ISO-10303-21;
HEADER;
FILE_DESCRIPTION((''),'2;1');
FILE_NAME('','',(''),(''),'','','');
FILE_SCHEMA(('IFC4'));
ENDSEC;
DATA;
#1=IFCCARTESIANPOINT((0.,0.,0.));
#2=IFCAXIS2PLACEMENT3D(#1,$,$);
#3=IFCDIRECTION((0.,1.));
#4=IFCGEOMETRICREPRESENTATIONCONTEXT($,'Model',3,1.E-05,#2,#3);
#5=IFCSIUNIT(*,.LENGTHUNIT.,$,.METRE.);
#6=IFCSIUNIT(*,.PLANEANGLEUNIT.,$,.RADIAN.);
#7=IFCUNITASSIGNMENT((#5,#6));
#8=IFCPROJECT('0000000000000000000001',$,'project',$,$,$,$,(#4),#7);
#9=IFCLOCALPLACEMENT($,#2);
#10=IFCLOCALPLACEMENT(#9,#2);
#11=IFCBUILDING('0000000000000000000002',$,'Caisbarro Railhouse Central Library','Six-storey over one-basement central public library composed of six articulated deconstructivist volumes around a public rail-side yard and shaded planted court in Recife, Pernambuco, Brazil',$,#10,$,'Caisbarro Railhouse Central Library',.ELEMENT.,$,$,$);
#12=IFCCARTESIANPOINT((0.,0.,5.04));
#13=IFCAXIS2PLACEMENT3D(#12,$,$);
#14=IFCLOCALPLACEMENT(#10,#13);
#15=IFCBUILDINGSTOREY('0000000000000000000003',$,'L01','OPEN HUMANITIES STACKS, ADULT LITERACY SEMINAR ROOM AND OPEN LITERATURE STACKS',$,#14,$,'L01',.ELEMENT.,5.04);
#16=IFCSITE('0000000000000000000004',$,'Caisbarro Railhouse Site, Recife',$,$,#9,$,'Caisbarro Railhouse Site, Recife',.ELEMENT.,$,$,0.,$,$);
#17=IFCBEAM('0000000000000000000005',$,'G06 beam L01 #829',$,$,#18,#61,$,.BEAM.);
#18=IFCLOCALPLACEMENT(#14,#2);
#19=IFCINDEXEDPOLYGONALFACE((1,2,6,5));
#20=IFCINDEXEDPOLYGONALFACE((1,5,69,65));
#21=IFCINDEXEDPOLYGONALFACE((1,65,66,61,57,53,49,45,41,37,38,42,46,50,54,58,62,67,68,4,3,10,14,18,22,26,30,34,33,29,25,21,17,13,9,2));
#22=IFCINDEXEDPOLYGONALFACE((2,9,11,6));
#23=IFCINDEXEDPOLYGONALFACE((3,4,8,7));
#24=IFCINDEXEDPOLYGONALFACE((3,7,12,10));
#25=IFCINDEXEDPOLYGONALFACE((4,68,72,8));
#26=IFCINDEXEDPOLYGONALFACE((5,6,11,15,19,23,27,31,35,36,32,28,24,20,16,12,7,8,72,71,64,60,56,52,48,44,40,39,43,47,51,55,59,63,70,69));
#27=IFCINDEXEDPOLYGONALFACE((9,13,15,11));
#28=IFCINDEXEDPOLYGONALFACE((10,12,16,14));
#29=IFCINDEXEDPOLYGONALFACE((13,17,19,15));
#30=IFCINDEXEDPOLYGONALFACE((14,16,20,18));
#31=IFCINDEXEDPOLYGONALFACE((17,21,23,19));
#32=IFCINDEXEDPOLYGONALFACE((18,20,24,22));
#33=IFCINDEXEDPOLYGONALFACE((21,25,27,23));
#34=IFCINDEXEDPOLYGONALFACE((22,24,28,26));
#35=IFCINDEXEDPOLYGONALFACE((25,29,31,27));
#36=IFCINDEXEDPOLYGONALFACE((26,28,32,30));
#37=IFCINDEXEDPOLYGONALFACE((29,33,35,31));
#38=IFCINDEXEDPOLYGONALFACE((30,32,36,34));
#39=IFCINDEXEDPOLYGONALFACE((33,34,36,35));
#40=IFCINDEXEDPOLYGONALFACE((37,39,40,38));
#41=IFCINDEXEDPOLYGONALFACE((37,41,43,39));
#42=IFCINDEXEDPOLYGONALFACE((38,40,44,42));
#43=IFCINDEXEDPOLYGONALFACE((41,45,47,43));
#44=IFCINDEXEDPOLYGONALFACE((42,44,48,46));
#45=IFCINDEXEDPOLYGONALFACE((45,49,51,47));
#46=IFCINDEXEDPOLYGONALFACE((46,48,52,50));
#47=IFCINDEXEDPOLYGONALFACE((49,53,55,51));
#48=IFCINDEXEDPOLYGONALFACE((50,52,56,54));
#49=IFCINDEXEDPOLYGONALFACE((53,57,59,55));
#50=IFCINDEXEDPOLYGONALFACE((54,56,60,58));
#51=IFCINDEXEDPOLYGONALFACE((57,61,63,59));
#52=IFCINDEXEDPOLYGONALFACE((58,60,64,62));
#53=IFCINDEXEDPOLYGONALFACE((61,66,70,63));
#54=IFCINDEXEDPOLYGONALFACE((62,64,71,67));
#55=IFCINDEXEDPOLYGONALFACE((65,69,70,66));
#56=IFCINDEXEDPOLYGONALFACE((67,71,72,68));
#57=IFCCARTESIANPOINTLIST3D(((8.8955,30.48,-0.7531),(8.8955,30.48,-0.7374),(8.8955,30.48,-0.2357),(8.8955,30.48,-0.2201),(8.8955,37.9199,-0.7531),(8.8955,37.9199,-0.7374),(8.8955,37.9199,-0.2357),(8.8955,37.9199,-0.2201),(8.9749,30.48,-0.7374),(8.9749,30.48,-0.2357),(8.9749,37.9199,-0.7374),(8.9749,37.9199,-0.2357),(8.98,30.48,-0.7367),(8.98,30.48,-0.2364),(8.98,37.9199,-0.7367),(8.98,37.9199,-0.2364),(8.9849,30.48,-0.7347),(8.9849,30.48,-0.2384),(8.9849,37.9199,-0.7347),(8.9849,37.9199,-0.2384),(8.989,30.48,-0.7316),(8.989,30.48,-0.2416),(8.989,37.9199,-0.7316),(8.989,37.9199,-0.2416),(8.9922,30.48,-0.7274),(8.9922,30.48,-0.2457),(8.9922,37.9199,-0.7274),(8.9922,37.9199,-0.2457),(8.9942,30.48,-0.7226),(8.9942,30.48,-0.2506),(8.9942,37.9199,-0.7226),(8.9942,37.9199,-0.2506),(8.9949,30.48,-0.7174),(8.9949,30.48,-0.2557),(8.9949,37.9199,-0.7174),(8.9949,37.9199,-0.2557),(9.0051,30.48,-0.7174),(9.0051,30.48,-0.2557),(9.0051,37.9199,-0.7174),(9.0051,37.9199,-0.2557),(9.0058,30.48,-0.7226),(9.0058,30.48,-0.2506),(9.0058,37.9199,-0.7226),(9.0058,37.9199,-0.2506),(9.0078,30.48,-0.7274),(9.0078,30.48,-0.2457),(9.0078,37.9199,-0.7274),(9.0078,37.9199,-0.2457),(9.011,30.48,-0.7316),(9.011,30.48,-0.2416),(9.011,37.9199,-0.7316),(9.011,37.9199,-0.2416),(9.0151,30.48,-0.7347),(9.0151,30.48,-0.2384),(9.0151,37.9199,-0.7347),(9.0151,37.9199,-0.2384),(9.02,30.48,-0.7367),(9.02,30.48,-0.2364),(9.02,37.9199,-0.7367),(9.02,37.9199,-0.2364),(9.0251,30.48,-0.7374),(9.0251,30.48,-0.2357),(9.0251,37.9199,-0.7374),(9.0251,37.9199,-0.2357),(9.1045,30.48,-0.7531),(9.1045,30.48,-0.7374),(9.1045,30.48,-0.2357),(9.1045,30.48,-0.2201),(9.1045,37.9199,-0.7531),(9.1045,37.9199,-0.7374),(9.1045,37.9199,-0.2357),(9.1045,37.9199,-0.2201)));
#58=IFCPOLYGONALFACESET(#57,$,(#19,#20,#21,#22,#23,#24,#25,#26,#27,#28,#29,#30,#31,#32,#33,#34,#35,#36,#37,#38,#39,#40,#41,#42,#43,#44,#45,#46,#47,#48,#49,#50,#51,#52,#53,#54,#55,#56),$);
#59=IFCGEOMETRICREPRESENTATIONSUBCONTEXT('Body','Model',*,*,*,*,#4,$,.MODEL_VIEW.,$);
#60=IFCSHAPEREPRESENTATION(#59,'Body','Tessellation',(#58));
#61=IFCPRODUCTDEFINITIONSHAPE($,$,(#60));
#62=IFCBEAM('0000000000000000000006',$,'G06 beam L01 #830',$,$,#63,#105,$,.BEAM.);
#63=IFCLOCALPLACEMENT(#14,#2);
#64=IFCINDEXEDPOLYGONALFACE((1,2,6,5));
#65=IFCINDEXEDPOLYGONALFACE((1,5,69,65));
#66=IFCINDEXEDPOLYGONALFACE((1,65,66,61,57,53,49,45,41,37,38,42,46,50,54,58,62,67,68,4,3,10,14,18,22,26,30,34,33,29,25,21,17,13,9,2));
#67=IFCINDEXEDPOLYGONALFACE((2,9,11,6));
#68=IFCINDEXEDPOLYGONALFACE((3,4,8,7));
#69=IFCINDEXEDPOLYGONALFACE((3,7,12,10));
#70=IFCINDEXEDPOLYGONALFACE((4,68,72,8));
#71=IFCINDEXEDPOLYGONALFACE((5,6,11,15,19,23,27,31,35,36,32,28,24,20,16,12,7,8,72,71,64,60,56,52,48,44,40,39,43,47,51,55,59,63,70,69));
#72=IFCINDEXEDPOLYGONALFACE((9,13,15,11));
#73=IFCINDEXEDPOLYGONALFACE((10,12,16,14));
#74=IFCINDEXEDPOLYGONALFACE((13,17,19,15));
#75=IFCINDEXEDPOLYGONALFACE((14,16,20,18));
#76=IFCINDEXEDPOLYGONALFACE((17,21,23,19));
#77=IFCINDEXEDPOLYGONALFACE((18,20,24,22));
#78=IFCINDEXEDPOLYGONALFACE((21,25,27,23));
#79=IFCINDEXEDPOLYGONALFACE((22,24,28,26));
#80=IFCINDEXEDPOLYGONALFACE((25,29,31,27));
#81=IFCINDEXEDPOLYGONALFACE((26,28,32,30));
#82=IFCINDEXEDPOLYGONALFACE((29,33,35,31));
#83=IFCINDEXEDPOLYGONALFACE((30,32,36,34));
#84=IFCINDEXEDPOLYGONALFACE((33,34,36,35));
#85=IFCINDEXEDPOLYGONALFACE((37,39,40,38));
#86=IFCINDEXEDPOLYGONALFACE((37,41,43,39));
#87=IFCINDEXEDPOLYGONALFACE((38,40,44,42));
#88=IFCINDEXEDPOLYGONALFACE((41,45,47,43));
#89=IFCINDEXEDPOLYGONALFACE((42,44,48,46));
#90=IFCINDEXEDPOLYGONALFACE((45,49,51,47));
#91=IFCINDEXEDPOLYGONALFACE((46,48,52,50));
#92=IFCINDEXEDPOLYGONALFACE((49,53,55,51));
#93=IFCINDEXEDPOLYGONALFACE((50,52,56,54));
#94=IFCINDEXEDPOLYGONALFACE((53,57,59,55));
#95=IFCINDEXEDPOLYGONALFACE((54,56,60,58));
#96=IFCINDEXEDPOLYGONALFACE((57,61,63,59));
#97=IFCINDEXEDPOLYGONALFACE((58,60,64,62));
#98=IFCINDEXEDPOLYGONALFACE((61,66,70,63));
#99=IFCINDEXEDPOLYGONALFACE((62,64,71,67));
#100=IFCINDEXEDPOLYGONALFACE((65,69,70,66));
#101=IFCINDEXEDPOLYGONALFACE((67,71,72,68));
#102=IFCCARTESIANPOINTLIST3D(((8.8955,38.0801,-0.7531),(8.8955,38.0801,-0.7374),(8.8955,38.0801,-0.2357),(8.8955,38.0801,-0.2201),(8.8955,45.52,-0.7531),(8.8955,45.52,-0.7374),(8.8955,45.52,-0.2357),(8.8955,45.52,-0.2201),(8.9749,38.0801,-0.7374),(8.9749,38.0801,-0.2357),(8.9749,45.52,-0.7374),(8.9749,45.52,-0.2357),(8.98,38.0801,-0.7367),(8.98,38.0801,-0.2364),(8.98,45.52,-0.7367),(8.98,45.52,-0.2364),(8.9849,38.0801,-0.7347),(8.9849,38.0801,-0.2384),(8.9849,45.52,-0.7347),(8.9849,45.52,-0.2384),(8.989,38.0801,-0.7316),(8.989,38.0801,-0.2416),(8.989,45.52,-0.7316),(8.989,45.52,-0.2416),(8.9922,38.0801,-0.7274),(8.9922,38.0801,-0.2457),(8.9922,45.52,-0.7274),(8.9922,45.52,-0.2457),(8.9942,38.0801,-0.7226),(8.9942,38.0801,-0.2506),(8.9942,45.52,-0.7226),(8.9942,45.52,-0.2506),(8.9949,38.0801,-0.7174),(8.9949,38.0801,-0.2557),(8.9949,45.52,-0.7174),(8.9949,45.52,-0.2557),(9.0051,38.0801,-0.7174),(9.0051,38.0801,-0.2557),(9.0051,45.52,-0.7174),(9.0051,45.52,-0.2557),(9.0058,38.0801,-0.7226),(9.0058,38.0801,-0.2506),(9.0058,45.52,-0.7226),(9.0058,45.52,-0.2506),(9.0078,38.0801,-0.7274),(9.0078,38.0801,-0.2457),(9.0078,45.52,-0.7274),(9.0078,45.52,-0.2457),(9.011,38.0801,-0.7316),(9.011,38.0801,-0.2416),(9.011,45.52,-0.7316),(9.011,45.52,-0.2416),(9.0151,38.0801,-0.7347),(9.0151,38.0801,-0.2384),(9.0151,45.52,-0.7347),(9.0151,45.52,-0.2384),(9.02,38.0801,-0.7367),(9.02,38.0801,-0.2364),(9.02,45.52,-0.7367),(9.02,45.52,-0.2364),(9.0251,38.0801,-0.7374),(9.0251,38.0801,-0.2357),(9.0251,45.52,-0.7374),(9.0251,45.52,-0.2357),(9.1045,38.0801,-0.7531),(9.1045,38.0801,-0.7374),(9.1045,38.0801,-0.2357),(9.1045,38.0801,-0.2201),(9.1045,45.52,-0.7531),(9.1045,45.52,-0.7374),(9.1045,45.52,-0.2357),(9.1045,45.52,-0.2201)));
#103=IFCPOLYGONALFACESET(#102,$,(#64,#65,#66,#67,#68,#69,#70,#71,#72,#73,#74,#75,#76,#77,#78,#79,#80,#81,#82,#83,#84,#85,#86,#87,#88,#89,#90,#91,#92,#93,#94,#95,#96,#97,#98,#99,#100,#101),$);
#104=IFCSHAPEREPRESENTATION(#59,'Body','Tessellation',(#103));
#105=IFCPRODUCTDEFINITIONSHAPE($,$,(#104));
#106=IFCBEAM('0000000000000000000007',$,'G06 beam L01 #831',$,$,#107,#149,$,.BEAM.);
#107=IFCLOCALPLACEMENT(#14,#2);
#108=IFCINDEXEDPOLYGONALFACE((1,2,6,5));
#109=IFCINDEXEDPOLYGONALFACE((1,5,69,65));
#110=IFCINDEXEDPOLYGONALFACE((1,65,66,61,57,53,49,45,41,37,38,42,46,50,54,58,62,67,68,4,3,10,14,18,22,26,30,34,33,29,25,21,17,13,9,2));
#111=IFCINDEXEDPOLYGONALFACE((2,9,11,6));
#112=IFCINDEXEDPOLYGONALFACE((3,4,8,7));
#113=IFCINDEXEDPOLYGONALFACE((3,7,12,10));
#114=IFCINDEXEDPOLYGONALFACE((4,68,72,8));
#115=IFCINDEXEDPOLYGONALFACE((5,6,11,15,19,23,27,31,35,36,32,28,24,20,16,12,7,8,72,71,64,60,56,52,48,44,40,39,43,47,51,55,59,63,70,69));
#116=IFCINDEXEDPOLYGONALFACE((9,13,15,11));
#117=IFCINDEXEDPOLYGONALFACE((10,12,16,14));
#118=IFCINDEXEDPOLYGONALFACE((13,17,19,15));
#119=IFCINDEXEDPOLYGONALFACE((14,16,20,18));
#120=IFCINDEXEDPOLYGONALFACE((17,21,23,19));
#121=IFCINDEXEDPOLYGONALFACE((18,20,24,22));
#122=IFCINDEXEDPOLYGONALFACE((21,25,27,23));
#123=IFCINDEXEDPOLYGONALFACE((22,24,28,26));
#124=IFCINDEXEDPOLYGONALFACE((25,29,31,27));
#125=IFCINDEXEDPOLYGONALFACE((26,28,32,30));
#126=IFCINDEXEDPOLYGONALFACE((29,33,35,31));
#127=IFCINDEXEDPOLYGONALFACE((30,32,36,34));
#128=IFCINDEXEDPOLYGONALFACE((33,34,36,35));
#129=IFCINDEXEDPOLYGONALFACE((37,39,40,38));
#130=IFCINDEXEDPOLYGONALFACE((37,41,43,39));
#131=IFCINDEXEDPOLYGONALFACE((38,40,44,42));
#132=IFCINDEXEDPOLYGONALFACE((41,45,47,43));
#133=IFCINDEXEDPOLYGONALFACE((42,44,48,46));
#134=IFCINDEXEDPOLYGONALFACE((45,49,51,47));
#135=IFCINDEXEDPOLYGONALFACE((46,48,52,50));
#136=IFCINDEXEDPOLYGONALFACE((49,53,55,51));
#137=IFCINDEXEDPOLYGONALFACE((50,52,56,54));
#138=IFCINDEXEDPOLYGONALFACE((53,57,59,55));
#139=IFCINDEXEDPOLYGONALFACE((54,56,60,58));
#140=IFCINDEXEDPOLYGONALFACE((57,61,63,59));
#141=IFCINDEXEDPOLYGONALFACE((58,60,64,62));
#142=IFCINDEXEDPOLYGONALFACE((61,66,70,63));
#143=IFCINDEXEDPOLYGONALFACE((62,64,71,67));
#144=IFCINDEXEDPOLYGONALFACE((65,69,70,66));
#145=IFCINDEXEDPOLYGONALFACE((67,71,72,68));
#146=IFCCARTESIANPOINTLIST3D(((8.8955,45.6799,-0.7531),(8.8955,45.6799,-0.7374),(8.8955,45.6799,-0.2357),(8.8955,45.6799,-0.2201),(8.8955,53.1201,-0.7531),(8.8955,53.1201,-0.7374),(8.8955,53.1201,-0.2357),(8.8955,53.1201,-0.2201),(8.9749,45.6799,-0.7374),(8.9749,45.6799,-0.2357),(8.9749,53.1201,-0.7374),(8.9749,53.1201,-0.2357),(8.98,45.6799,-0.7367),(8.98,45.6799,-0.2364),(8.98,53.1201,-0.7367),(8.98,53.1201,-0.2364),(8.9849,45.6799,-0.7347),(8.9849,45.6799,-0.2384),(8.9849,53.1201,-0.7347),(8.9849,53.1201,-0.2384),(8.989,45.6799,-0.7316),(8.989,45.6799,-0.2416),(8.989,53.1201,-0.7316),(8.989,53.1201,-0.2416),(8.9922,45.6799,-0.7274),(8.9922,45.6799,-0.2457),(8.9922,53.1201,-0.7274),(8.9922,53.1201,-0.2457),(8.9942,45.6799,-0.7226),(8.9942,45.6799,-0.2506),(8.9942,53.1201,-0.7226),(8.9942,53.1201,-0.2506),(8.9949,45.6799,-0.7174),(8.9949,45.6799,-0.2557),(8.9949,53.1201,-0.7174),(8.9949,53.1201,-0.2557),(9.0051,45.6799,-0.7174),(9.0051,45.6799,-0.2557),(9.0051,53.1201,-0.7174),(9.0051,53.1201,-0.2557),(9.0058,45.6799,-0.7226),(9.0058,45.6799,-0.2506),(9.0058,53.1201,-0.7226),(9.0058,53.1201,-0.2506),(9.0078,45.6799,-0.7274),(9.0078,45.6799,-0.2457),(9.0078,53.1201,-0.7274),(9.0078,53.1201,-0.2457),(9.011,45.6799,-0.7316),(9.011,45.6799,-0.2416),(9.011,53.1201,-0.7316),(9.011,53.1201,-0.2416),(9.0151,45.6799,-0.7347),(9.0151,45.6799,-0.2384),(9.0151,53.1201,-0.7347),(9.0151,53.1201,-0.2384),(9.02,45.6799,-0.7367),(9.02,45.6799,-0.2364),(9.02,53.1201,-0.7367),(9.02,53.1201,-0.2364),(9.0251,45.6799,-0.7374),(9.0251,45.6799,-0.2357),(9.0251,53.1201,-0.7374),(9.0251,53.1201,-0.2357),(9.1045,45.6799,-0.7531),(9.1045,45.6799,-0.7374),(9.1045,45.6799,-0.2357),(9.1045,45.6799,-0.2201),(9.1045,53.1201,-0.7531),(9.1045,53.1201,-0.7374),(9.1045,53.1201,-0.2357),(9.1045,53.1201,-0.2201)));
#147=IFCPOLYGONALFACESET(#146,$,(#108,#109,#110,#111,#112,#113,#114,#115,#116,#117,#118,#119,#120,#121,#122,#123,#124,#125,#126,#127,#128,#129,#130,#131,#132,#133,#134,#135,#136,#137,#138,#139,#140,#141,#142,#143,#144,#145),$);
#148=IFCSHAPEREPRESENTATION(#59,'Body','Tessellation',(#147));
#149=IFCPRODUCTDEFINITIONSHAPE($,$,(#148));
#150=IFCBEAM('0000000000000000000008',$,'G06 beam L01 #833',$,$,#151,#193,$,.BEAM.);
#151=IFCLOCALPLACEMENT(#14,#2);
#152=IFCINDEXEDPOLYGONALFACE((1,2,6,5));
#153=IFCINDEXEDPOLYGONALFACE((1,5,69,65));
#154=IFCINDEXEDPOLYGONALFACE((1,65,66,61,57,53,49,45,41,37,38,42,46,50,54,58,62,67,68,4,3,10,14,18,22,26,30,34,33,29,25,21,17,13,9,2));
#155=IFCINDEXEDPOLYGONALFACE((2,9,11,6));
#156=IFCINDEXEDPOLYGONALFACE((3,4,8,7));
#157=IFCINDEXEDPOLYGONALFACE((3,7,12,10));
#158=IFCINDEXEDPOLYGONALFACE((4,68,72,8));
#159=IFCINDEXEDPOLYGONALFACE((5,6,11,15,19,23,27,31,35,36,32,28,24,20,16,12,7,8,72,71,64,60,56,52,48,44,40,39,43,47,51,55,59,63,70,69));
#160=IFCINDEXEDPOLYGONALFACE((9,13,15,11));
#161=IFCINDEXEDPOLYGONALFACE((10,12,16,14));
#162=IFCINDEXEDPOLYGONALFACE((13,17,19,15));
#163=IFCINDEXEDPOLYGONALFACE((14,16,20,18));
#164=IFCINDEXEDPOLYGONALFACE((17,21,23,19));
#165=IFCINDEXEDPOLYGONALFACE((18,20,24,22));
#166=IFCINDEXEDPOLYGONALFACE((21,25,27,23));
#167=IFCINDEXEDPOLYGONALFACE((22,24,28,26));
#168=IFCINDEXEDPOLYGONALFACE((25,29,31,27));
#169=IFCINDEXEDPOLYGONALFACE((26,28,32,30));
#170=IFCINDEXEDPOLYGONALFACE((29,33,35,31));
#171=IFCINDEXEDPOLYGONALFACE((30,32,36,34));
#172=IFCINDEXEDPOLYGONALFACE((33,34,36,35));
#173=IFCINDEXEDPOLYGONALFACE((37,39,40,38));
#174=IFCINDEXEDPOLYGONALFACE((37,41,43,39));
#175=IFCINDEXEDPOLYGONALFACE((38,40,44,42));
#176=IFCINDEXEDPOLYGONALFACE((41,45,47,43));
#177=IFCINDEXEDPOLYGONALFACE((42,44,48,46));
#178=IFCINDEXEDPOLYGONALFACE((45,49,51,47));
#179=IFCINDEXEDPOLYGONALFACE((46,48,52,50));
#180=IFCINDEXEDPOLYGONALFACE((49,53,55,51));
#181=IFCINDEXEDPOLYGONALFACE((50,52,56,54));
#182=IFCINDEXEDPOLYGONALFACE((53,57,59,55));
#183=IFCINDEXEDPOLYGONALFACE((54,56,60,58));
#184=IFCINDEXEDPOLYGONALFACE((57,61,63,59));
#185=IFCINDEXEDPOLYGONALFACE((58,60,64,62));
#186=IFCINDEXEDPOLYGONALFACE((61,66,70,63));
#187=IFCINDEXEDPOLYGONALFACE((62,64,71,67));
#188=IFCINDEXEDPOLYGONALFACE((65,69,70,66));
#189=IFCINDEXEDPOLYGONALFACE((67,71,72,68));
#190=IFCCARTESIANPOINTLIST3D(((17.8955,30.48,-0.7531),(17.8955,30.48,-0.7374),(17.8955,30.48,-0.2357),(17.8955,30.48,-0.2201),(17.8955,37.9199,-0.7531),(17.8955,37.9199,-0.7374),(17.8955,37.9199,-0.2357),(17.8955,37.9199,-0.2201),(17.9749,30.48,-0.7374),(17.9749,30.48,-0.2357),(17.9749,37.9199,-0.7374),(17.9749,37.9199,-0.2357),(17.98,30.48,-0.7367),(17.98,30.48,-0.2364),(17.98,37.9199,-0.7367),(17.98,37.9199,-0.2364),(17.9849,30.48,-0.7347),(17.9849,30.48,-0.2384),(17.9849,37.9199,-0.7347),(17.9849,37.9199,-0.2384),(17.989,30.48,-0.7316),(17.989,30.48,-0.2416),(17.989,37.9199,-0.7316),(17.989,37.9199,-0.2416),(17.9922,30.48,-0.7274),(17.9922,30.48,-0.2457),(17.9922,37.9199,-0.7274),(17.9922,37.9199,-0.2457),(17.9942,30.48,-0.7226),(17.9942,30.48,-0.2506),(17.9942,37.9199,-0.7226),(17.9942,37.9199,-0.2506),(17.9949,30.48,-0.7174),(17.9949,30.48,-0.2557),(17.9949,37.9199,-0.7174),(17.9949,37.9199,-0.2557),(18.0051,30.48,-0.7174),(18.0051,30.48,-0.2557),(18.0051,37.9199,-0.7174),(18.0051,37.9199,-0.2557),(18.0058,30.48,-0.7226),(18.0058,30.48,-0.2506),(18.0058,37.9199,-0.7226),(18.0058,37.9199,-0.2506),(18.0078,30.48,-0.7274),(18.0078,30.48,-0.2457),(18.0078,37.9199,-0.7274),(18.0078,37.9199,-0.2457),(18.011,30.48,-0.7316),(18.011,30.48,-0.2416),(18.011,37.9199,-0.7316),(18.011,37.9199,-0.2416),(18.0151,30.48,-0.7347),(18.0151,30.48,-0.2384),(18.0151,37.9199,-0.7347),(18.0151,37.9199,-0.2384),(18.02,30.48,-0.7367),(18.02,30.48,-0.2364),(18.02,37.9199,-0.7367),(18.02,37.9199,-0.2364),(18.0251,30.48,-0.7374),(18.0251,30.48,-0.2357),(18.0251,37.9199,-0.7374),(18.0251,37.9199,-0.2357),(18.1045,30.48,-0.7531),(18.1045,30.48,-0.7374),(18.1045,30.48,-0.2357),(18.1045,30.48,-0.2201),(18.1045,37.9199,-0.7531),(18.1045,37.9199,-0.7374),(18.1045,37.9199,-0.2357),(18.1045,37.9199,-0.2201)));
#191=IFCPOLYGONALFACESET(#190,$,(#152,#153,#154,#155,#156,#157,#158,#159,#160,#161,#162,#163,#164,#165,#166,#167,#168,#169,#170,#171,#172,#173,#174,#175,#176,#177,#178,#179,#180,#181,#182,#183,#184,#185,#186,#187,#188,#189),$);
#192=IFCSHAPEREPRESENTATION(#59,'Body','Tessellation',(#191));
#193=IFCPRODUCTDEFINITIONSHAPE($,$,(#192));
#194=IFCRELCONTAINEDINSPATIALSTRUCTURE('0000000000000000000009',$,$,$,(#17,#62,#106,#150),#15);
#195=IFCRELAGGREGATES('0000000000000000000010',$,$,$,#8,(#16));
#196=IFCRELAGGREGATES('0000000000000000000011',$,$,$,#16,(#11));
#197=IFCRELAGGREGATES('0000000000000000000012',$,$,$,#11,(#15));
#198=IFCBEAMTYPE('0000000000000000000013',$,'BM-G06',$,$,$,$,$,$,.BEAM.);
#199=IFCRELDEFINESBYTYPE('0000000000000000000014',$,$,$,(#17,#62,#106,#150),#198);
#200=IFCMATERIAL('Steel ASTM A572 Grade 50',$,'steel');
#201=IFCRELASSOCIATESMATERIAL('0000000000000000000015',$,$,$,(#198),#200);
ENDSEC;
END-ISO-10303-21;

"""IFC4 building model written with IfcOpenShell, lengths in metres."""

from ifc_helpers import new_model, si_unit, direction, frame, origin, origin_2d, place, context, subcontext, project, spatial, i_section, extrude, material, material_profile, profile_set, type_object, element, save


model = new_model("IFC4")

# Units and contexts
model_context = context("Model", 3, precision=1e-05, world=origin(), true_north=direction((0.0, 1.0)))
body_context = subcontext(model_context, "Body", "Model", "MODEL_VIEW")
ifc_project = project(units=[si_unit("LENGTHUNIT", "METRE"), si_unit("PLANEANGLEUNIT", "RADIAN")], contexts=[model_context])

# Site, building, storey
site_placement = place(None, origin())
site = spatial("IfcSite", under=ifc_project, at=site_placement, Name="Caisbarro Railhouse Site, Recife", LongName="Caisbarro Railhouse Site, Recife", CompositionType="ELEMENT", RefElevation=0.0)
building_placement = place(site_placement, origin())
building = spatial("IfcBuilding", under=site, at=building_placement, Name="Caisbarro Railhouse Central Library", Description="Six-storey over one-basement central public library composed of six articulated deconstructivist volumes around a public rail-side yard and shaded planted court in Recife, Pernambuco, Brazil", LongName="Caisbarro Railhouse Central Library", CompositionType="ELEMENT")
storey_placement = place(building_placement, frame((0.0, 0.0, 5.04)))
storey = spatial("IfcBuildingStorey", under=building, at=storey_placement, Name="L01", Description="OPEN HUMANITIES STACKS, ADULT LITERACY SEMINAR ROOM AND OPEN LITERATURE STACKS", LongName="L01", CompositionType="ELEMENT", Elevation=5.04)

# Shared definitions
ifc_material_1 = material(Name="Steel ASTM A572 Grade 50", Category="steel")

# Beams
ifc_material_profile_1 = material_profile(ifc_material_1, i_section(OverallWidth=0.209, OverallDepth=0.533, WebThickness=0.0103, FlangeThickness=0.0156, FilletRadius=0.02, at=origin_2d()), Name="W530X92.0")
ifc_profile_set_1 = profile_set([ifc_material_profile_1], Name="Steel ASTM A572 Grade 50")
beam_type_1 = type_object("IfcBeamType", Name="BM-G06", PredefinedType="BEAM", material=ifc_profile_set_1)
for number, where, z_axis, x_axis, name in (
    (1, (9.0, 30.48, -0.4866), (0.0, 1.0, 0.0), (-1.0, 0.0, 0.0), "G06 beam L01 #829"),
    (2, (9.0, 38.0801, -0.4866), (0.0, 1.0, 0.0), (-1.0, 0.0, 0.0), "G06 beam L01 #830"),
):
    element("IfcBeam", number, at=place(storey_placement, frame(where, z_axis=z_axis, x_axis=x_axis)), inside=storey, type_object=beam_type_1, Name=name, PredefinedType="BEAM", context=body_context, shape_type="SweptSolid", body=[
        extrude(i_section(OverallWidth=0.209, OverallDepth=0.533, WebThickness=0.0103, FlangeThickness=0.0156, FilletRadius=0.02, at=origin_2d()), origin(), (0.0, 0.0, 1.0), 7.4399),
    ])
beam_1_placement = place(storey_placement, frame((9.0, 45.6799, -0.4866), z_axis=(0.0, 1.0, 0.0), x_axis=(-1.0, 0.0, 0.0)))
element("IfcBeam", 3, at=beam_1_placement, inside=storey, type_object=beam_type_1, Name="G06 beam L01 #831", PredefinedType="BEAM", context=body_context, shape_type="SweptSolid", body=[
    extrude(i_section(OverallWidth=0.209, OverallDepth=0.533, WebThickness=0.0103, FlangeThickness=0.0156, FilletRadius=0.02, at=origin_2d()), origin(), (0.0, 0.0, 1.0), 7.4402),
])
for number, where, z_axis, x_axis, name in (
    (4, (18.0, 30.48, -0.4866), (0.0, 1.0, 0.0), (-1.0, 0.0, 0.0), "G06 beam L01 #833"),
):
    element("IfcBeam", number, at=place(storey_placement, frame(where, z_axis=z_axis, x_axis=x_axis)), inside=storey, type_object=beam_type_1, Name=name, PredefinedType="BEAM", context=body_context, shape_type="SweptSolid", body=[
        extrude(i_section(OverallWidth=0.209, OverallDepth=0.533, WebThickness=0.0103, FlangeThickness=0.0156, FilletRadius=0.02, at=origin_2d()), origin(), (0.0, 0.0, 1.0), 7.4399),
    ])

save(model, "model.ifc")
